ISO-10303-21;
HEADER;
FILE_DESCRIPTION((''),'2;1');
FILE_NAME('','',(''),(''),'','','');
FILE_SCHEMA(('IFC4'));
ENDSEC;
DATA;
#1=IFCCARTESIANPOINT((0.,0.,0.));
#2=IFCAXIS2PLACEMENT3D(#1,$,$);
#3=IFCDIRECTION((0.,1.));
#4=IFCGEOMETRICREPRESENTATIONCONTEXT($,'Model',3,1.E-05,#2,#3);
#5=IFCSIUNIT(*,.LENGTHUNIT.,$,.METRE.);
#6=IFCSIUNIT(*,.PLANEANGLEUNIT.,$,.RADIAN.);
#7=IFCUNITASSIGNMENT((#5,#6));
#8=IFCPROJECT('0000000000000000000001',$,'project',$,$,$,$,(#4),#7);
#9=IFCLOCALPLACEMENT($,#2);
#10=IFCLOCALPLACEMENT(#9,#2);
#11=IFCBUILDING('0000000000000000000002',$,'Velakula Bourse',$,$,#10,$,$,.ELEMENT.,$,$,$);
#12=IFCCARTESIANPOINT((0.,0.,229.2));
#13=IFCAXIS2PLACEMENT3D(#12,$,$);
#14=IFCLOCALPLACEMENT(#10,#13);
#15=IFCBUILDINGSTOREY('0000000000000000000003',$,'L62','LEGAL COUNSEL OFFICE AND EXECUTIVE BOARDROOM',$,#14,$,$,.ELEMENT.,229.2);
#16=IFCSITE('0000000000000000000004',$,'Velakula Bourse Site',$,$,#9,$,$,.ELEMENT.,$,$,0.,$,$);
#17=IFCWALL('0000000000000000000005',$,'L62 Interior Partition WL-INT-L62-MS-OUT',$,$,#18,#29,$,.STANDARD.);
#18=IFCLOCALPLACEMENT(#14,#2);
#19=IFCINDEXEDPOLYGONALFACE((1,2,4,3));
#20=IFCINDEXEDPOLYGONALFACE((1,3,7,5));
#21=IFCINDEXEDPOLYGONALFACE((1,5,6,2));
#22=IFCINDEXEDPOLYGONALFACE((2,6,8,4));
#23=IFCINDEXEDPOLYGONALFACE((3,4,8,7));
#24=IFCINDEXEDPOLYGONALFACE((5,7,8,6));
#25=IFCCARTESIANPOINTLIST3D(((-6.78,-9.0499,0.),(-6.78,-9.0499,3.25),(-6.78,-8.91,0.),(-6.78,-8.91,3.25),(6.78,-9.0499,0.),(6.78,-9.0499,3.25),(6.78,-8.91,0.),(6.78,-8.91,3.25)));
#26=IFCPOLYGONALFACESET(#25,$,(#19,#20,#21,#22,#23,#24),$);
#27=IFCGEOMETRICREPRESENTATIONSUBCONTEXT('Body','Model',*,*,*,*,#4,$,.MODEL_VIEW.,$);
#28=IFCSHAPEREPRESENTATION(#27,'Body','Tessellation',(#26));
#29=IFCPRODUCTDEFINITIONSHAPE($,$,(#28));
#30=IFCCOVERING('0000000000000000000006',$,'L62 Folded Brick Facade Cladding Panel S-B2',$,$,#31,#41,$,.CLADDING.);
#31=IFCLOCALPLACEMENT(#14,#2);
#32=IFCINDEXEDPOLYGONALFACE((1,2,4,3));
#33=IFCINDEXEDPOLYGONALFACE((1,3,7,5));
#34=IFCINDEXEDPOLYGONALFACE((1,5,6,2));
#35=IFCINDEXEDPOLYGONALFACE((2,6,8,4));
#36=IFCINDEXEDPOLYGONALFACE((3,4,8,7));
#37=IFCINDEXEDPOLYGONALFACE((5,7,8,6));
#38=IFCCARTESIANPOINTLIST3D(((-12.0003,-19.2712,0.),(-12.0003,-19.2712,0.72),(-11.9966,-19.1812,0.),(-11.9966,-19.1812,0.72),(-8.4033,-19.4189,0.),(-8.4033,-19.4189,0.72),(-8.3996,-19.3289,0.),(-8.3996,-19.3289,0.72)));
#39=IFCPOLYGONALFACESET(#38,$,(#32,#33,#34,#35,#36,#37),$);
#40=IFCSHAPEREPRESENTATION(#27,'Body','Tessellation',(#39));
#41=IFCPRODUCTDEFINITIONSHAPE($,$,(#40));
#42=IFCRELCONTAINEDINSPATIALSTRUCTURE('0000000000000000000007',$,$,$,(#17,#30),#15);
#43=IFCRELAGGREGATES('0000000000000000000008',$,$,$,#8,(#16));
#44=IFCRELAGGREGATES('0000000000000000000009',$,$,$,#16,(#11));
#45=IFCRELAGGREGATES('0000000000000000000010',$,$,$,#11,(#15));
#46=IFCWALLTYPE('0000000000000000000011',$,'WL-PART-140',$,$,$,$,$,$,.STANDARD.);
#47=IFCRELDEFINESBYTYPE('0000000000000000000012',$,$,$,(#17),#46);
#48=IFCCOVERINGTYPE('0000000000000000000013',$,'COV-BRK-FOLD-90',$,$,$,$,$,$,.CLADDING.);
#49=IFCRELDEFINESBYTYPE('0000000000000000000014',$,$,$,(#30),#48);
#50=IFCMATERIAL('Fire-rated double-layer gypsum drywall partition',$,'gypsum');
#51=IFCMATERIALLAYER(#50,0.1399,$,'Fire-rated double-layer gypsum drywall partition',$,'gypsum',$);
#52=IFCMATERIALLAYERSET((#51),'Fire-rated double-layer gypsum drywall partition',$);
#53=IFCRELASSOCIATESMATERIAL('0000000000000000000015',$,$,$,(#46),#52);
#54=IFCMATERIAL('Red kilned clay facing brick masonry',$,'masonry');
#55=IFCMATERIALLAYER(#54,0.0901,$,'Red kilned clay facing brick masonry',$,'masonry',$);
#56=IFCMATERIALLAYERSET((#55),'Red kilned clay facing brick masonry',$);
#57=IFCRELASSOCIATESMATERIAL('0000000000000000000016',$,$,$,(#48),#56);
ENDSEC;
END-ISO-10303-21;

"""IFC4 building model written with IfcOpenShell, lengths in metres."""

from ifc_helpers import new_model, si_unit, direction, frame, frame_2d, origin, origin_2d, place, context, subcontext, project, spatial, rectangle, extrude, material, layer, layer_set, type_object, element, save


model = new_model("IFC4")

# Units and contexts
model_context = context("Model", 3, precision=1e-05, world=origin(), true_north=direction((0.0, 1.0)))
body_context = subcontext(model_context, "Body", "Model", "MODEL_VIEW")
ifc_project = project(units=[si_unit("LENGTHUNIT", "METRE"), si_unit("PLANEANGLEUNIT", "RADIAN")], contexts=[model_context])

# Site, building, storey
site_placement = place(None, origin())
site = spatial("IfcSite", under=ifc_project, at=site_placement, Name="Velakula Bourse Site", CompositionType="ELEMENT", RefElevation=0.0)
building_placement = place(site_placement, origin())
building = spatial("IfcBuilding", under=site, at=building_placement, Name="Velakula Bourse", CompositionType="ELEMENT")
storey_placement = place(building_placement, frame((0.0, 0.0, 229.2)))
storey = spatial("IfcBuildingStorey", under=building, at=storey_placement, Name="L62", Description="LEGAL COUNSEL OFFICE AND EXECUTIVE BOARDROOM", CompositionType="ELEMENT", Elevation=229.2)

# Wall
ifc_material_1 = material(Name="Fire-rated double-layer gypsum drywall partition", Category="gypsum")
ifc_layer_1 = layer(ifc_material_1, 0.1399, Name="Fire-rated double-layer gypsum drywall partition", Category="gypsum")
ifc_layer_set_1 = layer_set([ifc_layer_1], Name="Fire-rated double-layer gypsum drywall partition")
wall_type_1 = type_object("IfcWallType", Name="WL-PART-140", PredefinedType="STANDARD", material=ifc_layer_set_1)
wall_1_placement = place(storey_placement, frame((-6.78, -8.98, 0.0), z_axis=(0.0, 0.0, 1.0), x_axis=(1.0, 0.0, 0.0)))
element("IfcWall", 1, at=wall_1_placement, inside=storey, type_object=wall_type_1, Name="L62 Interior Partition WL-INT-L62-MS-OUT", PredefinedType="STANDARD", context=body_context, shape_type="SweptSolid", body=[
    extrude(rectangle(XDim=13.5601, YDim=0.1399, at=frame_2d((6.78, 0.0))), origin(), (0.0, 0.0, 1.0), 3.25),
])

# Covering
ifc_material_2 = material(Name="Red kilned clay facing brick masonry", Category="masonry")
ifc_layer_2 = layer(ifc_material_2, 0.0901, Name="Red kilned clay facing brick masonry", Category="masonry")
ifc_layer_set_2 = layer_set([ifc_layer_2], Name="Red kilned clay facing brick masonry")
covering_type = type_object("IfcCoveringType", Name="COV-BRK-FOLD-90", PredefinedType="CLADDING", material=ifc_layer_set_2)
covering_placement = place(storey_placement, frame((-10.2, -19.3, 0.0), z_axis=(0.0, 0.0, 1.0), x_axis=(0.999159, -0.041004, 0.0)))
element("IfcCovering", 2, at=covering_placement, inside=storey, type_object=covering_type, Name="L62 Folded Brick Facade Cladding Panel S-B2", PredefinedType="CLADDING", context=body_context, shape_type="SweptSolid", body=[
    extrude(rectangle(XDim=3.6001, YDim=0.0901, at=origin_2d()), origin(), (0.0, 0.0, 1.0), 0.72),
])

save(model, "model.ifc")
